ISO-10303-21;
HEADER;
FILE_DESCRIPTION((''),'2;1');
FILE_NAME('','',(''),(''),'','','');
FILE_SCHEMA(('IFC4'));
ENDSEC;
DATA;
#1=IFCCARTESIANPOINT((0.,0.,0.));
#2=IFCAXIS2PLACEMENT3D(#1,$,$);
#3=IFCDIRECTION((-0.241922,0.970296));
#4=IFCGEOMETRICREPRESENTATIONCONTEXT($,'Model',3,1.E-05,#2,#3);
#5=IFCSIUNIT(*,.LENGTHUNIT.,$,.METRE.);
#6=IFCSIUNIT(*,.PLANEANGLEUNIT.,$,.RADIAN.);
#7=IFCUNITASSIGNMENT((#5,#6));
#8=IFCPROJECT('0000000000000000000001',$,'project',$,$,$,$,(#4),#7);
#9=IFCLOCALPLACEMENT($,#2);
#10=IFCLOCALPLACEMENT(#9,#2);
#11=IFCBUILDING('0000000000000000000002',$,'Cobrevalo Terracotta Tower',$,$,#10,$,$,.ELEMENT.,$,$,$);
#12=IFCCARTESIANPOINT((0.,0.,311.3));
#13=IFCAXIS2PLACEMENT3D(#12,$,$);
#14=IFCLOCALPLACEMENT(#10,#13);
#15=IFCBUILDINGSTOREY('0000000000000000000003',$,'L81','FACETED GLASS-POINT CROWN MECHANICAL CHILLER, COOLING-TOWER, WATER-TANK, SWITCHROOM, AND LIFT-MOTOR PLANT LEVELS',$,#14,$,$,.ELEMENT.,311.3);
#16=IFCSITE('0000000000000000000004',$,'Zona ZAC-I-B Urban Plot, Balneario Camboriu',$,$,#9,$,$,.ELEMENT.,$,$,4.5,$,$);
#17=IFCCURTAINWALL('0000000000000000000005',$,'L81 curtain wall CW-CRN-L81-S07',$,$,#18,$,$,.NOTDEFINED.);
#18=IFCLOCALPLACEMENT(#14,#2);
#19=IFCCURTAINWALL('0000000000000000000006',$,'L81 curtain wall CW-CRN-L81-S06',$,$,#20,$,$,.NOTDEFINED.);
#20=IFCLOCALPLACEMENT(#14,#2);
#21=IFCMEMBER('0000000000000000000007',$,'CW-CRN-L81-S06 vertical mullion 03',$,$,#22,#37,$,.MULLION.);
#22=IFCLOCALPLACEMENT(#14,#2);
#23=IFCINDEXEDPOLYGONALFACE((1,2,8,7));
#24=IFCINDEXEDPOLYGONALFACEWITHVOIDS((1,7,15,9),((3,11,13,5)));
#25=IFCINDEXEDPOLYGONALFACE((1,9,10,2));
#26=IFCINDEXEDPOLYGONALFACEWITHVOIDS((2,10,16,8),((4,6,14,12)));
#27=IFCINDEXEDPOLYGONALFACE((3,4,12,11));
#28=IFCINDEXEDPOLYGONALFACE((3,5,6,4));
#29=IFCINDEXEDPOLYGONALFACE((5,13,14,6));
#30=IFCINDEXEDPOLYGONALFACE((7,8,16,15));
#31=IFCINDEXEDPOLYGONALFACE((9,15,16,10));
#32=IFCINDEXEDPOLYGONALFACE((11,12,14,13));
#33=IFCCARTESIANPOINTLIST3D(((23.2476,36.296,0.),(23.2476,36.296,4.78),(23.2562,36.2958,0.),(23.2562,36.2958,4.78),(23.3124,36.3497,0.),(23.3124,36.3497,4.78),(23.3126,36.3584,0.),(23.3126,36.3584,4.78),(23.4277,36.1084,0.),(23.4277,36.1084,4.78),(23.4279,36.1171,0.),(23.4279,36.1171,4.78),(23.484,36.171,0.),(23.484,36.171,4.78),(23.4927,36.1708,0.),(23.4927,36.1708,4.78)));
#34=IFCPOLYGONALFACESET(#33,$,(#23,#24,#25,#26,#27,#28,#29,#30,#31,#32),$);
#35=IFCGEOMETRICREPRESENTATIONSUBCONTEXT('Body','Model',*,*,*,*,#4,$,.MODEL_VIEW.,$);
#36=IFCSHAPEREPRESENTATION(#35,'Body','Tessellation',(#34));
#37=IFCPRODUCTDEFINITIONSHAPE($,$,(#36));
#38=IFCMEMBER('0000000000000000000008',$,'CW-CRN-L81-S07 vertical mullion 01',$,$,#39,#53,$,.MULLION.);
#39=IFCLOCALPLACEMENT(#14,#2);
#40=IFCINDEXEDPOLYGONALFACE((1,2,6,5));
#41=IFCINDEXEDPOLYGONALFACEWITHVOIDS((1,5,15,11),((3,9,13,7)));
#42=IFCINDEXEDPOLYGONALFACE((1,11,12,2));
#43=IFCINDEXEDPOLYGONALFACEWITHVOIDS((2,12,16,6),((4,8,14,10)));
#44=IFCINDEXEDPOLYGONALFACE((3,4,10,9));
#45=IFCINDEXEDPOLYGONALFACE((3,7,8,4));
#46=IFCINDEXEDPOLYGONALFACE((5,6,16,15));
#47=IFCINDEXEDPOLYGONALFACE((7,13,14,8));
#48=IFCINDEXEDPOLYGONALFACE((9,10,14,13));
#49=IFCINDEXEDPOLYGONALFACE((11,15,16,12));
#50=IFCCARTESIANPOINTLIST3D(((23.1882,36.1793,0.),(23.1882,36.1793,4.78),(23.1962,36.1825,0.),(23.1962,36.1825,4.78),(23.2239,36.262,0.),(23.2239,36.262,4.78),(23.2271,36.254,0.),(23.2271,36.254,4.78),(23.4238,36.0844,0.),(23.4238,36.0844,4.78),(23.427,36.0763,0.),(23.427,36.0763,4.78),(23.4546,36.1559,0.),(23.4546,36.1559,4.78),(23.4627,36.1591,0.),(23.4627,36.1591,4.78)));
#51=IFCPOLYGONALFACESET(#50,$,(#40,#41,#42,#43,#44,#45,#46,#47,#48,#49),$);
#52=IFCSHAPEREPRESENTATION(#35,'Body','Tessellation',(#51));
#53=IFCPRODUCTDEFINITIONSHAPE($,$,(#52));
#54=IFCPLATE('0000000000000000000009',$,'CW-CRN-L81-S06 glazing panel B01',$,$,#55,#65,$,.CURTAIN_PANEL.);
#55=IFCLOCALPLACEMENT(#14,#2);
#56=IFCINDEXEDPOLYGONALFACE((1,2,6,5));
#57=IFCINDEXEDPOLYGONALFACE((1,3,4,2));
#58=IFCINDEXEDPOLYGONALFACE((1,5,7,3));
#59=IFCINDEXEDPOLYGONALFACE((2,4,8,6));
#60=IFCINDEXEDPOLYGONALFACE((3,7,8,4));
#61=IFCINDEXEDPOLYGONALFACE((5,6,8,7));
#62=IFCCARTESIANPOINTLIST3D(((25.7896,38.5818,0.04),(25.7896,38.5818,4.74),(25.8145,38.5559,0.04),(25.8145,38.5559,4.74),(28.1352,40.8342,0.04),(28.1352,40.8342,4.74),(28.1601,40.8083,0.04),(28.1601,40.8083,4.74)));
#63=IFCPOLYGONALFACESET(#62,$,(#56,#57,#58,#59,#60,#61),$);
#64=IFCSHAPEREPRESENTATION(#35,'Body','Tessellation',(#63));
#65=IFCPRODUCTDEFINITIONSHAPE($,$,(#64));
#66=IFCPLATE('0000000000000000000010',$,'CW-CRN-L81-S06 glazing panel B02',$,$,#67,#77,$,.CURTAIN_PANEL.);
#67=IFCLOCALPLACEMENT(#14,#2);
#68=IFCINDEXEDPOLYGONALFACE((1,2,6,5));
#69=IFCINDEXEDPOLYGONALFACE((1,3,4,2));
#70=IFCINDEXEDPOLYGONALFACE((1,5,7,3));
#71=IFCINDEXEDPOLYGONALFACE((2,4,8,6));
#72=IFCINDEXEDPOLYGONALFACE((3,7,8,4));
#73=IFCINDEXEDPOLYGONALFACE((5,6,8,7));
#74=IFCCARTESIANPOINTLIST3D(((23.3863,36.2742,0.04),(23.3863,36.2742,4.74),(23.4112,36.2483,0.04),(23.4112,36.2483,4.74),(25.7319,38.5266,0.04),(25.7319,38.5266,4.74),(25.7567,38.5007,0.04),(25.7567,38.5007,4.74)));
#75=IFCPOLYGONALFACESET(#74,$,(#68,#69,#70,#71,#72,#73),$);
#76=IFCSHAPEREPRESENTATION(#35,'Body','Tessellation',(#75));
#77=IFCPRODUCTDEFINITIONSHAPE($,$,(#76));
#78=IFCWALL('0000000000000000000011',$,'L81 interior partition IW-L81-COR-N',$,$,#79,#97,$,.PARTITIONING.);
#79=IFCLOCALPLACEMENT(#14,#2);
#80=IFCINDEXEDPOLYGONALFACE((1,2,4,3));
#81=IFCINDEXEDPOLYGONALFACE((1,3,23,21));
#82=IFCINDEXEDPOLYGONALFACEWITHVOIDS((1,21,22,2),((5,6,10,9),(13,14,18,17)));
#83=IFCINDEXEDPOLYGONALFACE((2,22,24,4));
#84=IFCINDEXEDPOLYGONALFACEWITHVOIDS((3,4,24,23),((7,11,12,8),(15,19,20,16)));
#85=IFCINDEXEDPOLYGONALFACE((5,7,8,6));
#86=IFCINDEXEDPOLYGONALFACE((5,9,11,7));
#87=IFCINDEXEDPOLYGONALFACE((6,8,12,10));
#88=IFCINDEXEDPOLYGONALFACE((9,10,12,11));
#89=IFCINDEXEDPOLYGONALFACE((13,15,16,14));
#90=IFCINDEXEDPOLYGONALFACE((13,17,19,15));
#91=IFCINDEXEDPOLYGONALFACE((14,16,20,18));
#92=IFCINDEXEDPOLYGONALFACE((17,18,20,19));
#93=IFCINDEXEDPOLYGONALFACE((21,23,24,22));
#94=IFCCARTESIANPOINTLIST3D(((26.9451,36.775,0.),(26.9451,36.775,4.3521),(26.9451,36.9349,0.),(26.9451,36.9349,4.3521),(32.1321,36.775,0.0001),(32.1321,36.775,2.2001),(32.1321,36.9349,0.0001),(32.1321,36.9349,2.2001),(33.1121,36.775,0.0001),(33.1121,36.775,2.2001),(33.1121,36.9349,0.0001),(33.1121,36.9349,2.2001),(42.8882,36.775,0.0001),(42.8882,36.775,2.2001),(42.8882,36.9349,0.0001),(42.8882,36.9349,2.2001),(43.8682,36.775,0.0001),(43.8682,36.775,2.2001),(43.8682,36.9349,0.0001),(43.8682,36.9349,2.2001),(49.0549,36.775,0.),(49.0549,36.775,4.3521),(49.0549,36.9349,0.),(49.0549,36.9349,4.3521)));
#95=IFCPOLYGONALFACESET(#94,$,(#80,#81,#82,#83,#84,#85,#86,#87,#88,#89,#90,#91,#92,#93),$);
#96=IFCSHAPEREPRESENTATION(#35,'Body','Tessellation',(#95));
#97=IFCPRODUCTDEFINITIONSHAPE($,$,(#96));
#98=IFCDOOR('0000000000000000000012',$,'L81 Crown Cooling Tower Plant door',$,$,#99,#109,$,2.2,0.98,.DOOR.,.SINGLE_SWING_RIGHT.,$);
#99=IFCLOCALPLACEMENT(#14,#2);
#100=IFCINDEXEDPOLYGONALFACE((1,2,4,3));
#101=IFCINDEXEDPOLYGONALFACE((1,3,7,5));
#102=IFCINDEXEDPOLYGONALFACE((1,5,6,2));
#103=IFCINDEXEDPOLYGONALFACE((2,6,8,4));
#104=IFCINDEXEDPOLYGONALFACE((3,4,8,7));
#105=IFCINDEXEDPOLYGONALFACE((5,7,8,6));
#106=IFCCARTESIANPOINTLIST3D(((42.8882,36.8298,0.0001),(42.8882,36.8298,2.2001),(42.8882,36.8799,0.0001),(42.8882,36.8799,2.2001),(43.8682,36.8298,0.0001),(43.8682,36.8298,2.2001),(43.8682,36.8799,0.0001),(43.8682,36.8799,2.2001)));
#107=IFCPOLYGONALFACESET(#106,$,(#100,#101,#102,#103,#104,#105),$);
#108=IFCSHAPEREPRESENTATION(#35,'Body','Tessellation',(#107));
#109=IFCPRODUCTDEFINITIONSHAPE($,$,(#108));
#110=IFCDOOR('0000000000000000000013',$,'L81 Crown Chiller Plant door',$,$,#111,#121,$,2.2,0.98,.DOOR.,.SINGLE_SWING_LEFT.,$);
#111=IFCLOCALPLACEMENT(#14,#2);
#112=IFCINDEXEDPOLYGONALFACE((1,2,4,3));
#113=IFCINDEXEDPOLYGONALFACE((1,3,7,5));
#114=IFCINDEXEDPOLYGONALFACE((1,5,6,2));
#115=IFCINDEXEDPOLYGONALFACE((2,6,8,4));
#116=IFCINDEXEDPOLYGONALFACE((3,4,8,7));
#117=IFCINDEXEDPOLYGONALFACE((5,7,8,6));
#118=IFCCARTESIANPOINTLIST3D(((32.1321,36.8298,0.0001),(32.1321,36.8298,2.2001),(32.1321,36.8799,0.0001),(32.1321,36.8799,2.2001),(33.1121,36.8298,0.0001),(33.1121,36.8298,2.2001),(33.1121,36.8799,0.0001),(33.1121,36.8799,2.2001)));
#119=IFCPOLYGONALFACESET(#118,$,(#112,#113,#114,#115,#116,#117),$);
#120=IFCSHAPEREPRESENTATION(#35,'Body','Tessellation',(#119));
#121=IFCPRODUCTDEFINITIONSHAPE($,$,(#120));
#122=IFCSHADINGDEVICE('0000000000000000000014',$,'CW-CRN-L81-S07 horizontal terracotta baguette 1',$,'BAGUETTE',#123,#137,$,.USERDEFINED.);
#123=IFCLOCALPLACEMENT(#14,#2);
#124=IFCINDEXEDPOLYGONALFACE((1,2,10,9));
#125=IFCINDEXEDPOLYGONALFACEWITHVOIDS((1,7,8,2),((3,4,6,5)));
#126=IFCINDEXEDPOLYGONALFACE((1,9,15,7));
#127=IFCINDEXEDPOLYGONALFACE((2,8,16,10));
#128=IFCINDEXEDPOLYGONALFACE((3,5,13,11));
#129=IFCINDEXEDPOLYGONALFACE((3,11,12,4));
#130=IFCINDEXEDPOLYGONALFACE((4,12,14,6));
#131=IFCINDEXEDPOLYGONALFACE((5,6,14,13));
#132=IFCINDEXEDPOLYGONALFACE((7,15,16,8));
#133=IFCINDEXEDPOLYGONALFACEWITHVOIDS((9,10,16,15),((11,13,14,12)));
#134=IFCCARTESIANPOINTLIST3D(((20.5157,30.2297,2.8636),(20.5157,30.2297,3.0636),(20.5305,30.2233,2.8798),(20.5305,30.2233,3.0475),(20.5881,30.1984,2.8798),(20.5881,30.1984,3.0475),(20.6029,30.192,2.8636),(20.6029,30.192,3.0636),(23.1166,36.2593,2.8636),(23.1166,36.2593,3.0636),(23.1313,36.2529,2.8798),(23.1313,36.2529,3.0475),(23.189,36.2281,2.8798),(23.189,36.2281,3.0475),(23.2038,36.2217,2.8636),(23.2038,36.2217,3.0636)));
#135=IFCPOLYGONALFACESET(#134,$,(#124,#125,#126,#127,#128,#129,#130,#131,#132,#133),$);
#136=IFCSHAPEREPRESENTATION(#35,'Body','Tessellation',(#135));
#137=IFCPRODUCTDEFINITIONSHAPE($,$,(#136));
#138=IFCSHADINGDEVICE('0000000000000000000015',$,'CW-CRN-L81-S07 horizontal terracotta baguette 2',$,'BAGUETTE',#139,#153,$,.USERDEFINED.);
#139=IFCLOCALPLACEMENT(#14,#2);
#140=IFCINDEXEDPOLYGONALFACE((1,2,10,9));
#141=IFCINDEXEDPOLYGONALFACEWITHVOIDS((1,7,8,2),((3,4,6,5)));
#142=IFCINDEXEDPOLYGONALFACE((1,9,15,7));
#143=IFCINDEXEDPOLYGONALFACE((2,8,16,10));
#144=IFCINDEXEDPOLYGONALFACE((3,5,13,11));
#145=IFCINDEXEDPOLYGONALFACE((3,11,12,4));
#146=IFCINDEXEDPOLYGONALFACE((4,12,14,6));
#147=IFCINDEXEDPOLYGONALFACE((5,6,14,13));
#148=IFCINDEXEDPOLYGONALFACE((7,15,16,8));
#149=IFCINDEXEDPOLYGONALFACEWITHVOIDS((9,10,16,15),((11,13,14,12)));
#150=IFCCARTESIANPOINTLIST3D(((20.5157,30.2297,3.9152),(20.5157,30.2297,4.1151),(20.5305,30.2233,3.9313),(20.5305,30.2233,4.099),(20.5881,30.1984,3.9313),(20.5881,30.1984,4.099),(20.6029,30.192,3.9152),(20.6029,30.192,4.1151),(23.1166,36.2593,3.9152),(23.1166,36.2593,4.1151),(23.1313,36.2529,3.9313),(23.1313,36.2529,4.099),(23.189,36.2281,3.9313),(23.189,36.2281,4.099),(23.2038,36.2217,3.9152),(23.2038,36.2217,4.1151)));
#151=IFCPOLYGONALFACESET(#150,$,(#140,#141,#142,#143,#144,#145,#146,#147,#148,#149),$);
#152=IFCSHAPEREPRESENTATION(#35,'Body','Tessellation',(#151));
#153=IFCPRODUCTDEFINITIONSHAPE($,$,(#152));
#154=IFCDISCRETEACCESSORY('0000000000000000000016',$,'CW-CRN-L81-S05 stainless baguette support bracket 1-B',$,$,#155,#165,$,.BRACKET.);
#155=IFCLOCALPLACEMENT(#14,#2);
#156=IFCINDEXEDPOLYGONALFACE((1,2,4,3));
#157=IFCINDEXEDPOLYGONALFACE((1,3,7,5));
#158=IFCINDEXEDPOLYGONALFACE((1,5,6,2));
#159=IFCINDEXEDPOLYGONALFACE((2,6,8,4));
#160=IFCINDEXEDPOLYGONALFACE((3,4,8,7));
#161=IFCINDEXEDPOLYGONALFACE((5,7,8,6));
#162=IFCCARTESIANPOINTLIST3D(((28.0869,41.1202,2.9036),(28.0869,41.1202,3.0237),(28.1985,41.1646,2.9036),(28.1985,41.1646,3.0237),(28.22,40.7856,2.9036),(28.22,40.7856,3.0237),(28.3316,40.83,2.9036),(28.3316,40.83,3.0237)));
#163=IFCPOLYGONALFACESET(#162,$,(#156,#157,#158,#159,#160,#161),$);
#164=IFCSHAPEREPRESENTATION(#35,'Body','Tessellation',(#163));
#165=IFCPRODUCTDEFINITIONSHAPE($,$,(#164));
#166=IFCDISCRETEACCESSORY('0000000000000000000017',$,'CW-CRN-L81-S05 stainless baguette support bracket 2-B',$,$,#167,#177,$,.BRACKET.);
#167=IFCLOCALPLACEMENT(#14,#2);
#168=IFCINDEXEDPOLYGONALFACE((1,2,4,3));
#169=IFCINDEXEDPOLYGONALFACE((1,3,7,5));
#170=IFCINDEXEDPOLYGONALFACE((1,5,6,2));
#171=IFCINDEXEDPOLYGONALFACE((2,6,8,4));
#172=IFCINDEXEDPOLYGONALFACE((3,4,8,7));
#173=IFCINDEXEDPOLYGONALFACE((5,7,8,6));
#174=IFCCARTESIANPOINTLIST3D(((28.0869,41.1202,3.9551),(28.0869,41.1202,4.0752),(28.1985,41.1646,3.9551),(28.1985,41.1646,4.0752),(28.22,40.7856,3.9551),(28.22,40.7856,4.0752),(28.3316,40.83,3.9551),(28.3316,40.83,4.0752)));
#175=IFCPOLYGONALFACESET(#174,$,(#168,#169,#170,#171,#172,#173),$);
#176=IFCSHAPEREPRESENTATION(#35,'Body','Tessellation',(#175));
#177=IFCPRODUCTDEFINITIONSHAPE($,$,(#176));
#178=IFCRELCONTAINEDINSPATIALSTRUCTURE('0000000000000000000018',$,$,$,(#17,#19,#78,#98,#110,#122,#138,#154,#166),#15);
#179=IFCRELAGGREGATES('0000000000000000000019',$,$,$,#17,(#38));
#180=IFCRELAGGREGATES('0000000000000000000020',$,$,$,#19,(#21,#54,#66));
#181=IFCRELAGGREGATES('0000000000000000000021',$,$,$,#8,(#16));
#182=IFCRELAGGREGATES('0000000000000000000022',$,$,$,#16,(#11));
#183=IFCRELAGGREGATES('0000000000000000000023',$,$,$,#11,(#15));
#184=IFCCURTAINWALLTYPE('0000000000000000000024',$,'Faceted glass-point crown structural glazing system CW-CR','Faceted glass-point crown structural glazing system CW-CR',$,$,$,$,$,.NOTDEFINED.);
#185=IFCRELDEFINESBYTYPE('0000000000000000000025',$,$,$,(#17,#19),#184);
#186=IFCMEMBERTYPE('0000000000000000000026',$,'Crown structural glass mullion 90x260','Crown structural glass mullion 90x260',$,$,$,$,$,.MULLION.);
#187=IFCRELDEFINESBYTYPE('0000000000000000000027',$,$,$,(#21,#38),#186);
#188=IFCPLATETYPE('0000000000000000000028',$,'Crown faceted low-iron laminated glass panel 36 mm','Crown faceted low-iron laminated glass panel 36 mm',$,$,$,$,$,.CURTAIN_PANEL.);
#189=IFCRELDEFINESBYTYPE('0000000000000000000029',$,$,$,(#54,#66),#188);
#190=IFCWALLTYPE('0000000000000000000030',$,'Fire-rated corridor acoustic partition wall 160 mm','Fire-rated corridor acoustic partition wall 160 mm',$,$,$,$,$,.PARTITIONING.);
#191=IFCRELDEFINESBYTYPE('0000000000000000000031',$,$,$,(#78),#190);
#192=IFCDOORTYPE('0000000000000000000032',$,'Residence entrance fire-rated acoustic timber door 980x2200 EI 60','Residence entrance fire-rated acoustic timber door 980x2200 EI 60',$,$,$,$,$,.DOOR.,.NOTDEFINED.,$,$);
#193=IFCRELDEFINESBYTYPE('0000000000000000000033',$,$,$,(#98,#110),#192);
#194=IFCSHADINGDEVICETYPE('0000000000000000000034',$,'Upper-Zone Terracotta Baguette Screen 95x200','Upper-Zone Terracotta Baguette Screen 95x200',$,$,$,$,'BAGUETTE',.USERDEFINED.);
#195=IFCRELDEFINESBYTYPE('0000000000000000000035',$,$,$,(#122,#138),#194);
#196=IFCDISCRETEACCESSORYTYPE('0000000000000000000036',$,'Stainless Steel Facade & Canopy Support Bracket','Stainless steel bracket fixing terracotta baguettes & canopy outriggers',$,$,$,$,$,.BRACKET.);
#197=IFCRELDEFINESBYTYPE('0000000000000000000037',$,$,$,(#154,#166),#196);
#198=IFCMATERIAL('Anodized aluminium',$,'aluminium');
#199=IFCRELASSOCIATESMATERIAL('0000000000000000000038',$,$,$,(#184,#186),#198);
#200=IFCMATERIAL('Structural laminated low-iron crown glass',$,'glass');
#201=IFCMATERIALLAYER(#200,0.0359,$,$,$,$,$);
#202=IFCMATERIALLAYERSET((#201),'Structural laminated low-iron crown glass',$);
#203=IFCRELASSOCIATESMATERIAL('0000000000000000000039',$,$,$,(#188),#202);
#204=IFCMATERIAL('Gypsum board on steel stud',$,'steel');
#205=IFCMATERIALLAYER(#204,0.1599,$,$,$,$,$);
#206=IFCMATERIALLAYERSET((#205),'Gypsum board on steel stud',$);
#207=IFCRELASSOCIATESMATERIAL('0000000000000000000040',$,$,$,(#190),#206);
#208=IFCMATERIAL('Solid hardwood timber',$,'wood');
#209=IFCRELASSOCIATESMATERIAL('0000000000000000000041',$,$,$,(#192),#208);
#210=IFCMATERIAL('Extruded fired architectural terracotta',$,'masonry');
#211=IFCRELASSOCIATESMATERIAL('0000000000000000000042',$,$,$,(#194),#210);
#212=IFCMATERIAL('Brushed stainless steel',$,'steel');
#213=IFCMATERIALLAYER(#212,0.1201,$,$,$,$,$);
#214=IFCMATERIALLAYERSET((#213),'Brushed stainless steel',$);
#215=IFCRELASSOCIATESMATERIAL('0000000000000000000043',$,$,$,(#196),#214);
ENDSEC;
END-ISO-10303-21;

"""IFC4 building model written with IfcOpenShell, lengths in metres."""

from ifc_helpers import new_model, si_unit, direction, frame, frame_2d, origin, origin_2d, place, context, subcontext, project, spatial, rectangle, hollow_rectangle, extrude, source, transform, mapped, material, layer, layer_set, material_profile, profile_set, type_object, element, fill, aggregate, save


model = new_model("IFC4")

# Units and contexts
model_context = context("Model", 3, precision=1e-05, world=origin(), true_north=direction((-0.241922, 0.970296)))
body_context = subcontext(model_context, "Body", "Model", "MODEL_VIEW")
ifc_project = project(units=[si_unit("LENGTHUNIT", "METRE"), si_unit("PLANEANGLEUNIT", "RADIAN")], contexts=[model_context])

# Site, building, storey
site_placement = place(None, origin())
site = spatial("IfcSite", under=ifc_project, at=site_placement, Name="Zona ZAC-I-B Urban Plot, Balneario Camboriu", CompositionType="ELEMENT", RefElevation=4.5)
building_placement = place(site_placement, origin())
building = spatial("IfcBuilding", under=site, at=building_placement, Name="Cobrevalo Terracotta Tower", CompositionType="ELEMENT")
storey_placement = place(building_placement, frame((0.0, 0.0, 311.3)))
storey = spatial("IfcBuildingStorey", under=building, at=storey_placement, Name="L81", Description="FACETED GLASS-POINT CROWN MECHANICAL CHILLER, COOLING-TOWER, WATER-TANK, SWITCHROOM, AND LIFT-MOTOR PLANT LEVELS", CompositionType="ELEMENT", Elevation=311.3)

# Curtain walls
ifc_material_1 = material(Name="Anodized aluminium", Category="aluminium")
curtain_wall_type = type_object("IfcCurtainWallType", Name="Faceted glass-point crown structural glazing system CW-CR", Description="Faceted glass-point crown structural glazing system CW-CR", PredefinedType="NOTDEFINED", material=ifc_material_1)
curtain_wall_1_placement = place(storey_placement, origin())
curtain_wall_1 = element("IfcCurtainWall", 1, at=curtain_wall_1_placement, inside=storey, type_object=curtain_wall_type, Name="L81 curtain wall CW-CRN-L81-S07", PredefinedType="NOTDEFINED")
curtain_wall_2_placement = place(storey_placement, origin())
curtain_wall_2 = element("IfcCurtainWall", 2, at=curtain_wall_2_placement, inside=storey, type_object=curtain_wall_type, Name="L81 curtain wall CW-CRN-L81-S06", PredefinedType="NOTDEFINED")

# Shared definitions
ifc_material_profile_1 = material_profile(ifc_material_1, hollow_rectangle(XDim=0.0901, YDim=0.26, WallThickness=0.0061, at=origin_2d()), Name="CWM 90x260")
ifc_profile_set_1 = profile_set([ifc_material_profile_1], Name="Anodized aluminium")
member_type_1 = type_object("IfcMemberType", Name="Crown structural glass mullion 90x260", Description="Crown structural glass mullion 90x260", PredefinedType="MULLION", material=ifc_profile_set_1)
shared_shape_1 = source(origin(), body_context, "Body", "SweptSolid", [
    extrude(hollow_rectangle(XDim=0.0901, YDim=0.26, WallThickness=0.0061, at=origin_2d()), origin(), (0.0, 0.0, 1.0), 4.78),
])

# Members
member_1_placement = place(storey_placement, frame((23.3701, 36.2334, 0.0), z_axis=(0.0, 0.0, 1.0), x_axis=(-0.721277, -0.692647, 0.0)))
member_1 = element("IfcMember", 3, at=member_1_placement, type_object=member_type_1, Name="CW-CRN-L81-S06 vertical mullion 03", PredefinedType="MULLION", context=body_context, shape_type="MappedRepresentation", body=[
    mapped(shared_shape_1, transform((0.0, 0.0, 0.0), scale=1.0)),
])
member_2_placement = place(storey_placement, frame((23.3254, 36.1692, 0.0), z_axis=(0.0, 0.0, 1.0), x_axis=(-0.396058, -0.918225, 0.0)))
member_2 = element("IfcMember", 4, at=member_2_placement, type_object=member_type_1, Name="CW-CRN-L81-S07 vertical mullion 01", PredefinedType="MULLION", context=body_context, shape_type="MappedRepresentation", body=[
    mapped(shared_shape_1, transform((0.0, 0.0, 0.0), scale=1.0)),
])
aggregate(curtain_wall_1, [member_2])

# Plates
ifc_material_2 = material(Name="Structural laminated low-iron crown glass", Category="glass")
ifc_layer_1 = layer(ifc_material_2, 0.0359)
ifc_layer_set_1 = layer_set([ifc_layer_1], Name="Structural laminated low-iron crown glass")
plate_type = type_object("IfcPlateType", Name="Crown faceted low-iron laminated glass panel 36 mm", Description="Crown faceted low-iron laminated glass panel 36 mm", PredefinedType="CURTAIN_PANEL", material=ifc_layer_set_1)
shared_shape_2 = source(origin(), body_context, "Body", "SweptSolid", [
    extrude(rectangle(XDim=3.252, YDim=0.0359, at=origin_2d()), origin(), (0.0, 0.0, 1.0), 4.7),
])
plate_1_placement = place(storey_placement, frame((26.9749, 39.6951, 0.04), z_axis=(0.0, 0.0, 1.0), x_axis=(-0.72128, -0.692643, 0.0)))
plate_1 = element("IfcPlate", 5, at=plate_1_placement, type_object=plate_type, Name="CW-CRN-L81-S06 glazing panel B01", PredefinedType="CURTAIN_PANEL", context=body_context, shape_type="MappedRepresentation", body=[
    mapped(shared_shape_2, transform((0.0, 0.0, 0.0), scale=1.0)),
])
plate_2_placement = place(storey_placement, frame((24.5715, 37.3875, 0.04), z_axis=(0.0, 0.0, 1.0), x_axis=(-0.72128, -0.692643, 0.0)))
plate_2 = element("IfcPlate", 6, at=plate_2_placement, type_object=plate_type, Name="CW-CRN-L81-S06 glazing panel B02", PredefinedType="CURTAIN_PANEL", context=body_context, shape_type="MappedRepresentation", body=[
    mapped(shared_shape_2, transform((0.0, 0.0, 0.0), scale=1.0)),
])
aggregate(curtain_wall_2, [member_1, plate_1, plate_2])

# Wall, openings, doors
ifc_material_3 = material(Name="Gypsum board on steel stud", Category="steel")
ifc_layer_2 = layer(ifc_material_3, 0.1599)
ifc_layer_set_2 = layer_set([ifc_layer_2], Name="Gypsum board on steel stud")
wall_type = type_object("IfcWallType", Name="Fire-rated corridor acoustic partition wall 160 mm", Description="Fire-rated corridor acoustic partition wall 160 mm", PredefinedType="PARTITIONING", material=ifc_layer_set_2)
wall_placement = place(storey_placement, frame((26.9451, 36.855, 0.0), z_axis=(0.0, 0.0, 1.0), x_axis=(1.0, 0.0, 0.0)))
wall = element("IfcWall", 7, at=wall_placement, inside=storey, type_object=wall_type, Name="L81 interior partition IW-L81-COR-N", PredefinedType="PARTITIONING", context=body_context, shape_type="SweptSolid", body=[
    extrude(rectangle(XDim=22.1099, YDim=0.1599, at=frame_2d((11.0549, 0.0))), origin(), (0.0, 0.0, 1.0), 4.3521),
])
opening_1_placement = place(wall_placement, frame((15.9431, 0.0, 0.0)))
opening_1 = element("IfcOpeningElement", 8, at=opening_1_placement, cuts=wall, PredefinedType="OPENING", context=body_context, shape_type="SweptSolid", body=[
    extrude(rectangle(XDim=0.98, YDim=2.2, at=frame_2d((0.49, 1.1001))), frame((0.0, 0.0898, 0.0), z_axis=(0.0, -1.0, 0.0), x_axis=(1.0, 0.0, 0.0)), (0.0, 0.0, 1.0), 0.1799),
])
opening_2_placement = place(wall_placement, frame((5.187, 0.0, 0.0)))
opening_2 = element("IfcOpeningElement", 9, at=opening_2_placement, cuts=wall, PredefinedType="OPENING", context=body_context, shape_type="SweptSolid", body=[
    extrude(rectangle(XDim=0.98, YDim=2.2, at=frame_2d((0.49, 1.1001))), frame((0.0, 0.0898, 0.0), z_axis=(0.0, -1.0, 0.0), x_axis=(1.0, 0.0, 0.0)), (0.0, 0.0, 1.0), 0.1799),
])
ifc_material_4 = material(Name="Solid hardwood timber", Category="wood")
door_type = type_object("IfcDoorType", Name="Residence entrance fire-rated acoustic timber door 980x2200 EI 60", Description="Residence entrance fire-rated acoustic timber door 980x2200 EI 60", OperationType="NOTDEFINED", PredefinedType="DOOR", material=ifc_material_4)
shared_shape_3 = source(origin(), body_context, "Body", "SweptSolid", [
    extrude(rectangle(XDim=0.98, YDim=2.2, at=frame_2d((0.49, 1.1001))), frame((0.0, 0.0249, 0.0), z_axis=(0.0, -1.0, 0.0), x_axis=(1.0, 0.0, 0.0)), (0.0, 0.0, 1.0), 0.05),
])
door_1_placement = place(opening_1_placement, origin())
door_1 = element("IfcDoor", 10, at=door_1_placement, inside=storey, type_object=door_type, Name="L81 Crown Cooling Tower Plant door", OperationType="SINGLE_SWING_RIGHT", OverallHeight=2.2, OverallWidth=0.98, PredefinedType="DOOR", context=body_context, shape_type="MappedRepresentation", body=[
    mapped(shared_shape_3, transform((0.0, 0.0, 0.0), scale=1.0)),
])
fill(opening_1, door_1)
door_2_placement = place(opening_2_placement, origin())
door_2 = element("IfcDoor", 11, at=door_2_placement, inside=storey, type_object=door_type, Name="L81 Crown Chiller Plant door", OperationType="SINGLE_SWING_LEFT", OverallHeight=2.2, OverallWidth=0.98, PredefinedType="DOOR", context=body_context, shape_type="MappedRepresentation", body=[
    mapped(shared_shape_3, transform((0.0, 0.0, 0.0), scale=1.0)),
])
fill(opening_2, door_2)

# Shading devices
ifc_material_5 = material(Name="Extruded fired architectural terracotta", Category="masonry")
ifc_material_profile_2 = material_profile(ifc_material_5, hollow_rectangle(XDim=0.095, YDim=0.2, WallThickness=0.0161, at=origin_2d()), Name="BAGUETTE 95x200")
ifc_profile_set_2 = profile_set([ifc_material_profile_2], Name="Extruded fired architectural terracotta")
shading_device_type = type_object("IfcShadingDeviceType", Name="Upper-Zone Terracotta Baguette Screen 95x200", Description="Upper-Zone Terracotta Baguette Screen 95x200", ElementType="BAGUETTE", PredefinedType="USERDEFINED", material=ifc_profile_set_2)
shared_shape_4 = source(origin(), body_context, "Body", "SweptSolid", [
    extrude(hollow_rectangle(XDim=0.095, YDim=0.2, WallThickness=0.0161, at=origin_2d()), origin(), (0.0, 0.0, 1.0), 6.5667),
])
for number, where, z_axis, x_axis, name in (
    (12, (23.1602, 36.2405, 2.9636), (-0.396072, -0.918219, 0.0), (0.918219, -0.396072, 0.0), "CW-CRN-L81-S07 horizontal terracotta baguette 1"),
    (13, (23.1602, 36.2405, 4.0151), (-0.396072, -0.918219, 0.0), (0.918219, -0.396072, 0.0), "CW-CRN-L81-S07 horizontal terracotta baguette 2"),
):
    element("IfcShadingDevice", number, at=place(storey_placement, frame(where, z_axis=z_axis, x_axis=x_axis)), inside=storey, type_object=shading_device_type, Name=name, ObjectType="BAGUETTE", PredefinedType="USERDEFINED", context=body_context, shape_type="MappedRepresentation", body=[
        mapped(shared_shape_4, transform((0.0, 0.0, 0.0), scale=1.0)),
    ])

# Discrete accessories
ifc_material_6 = material(Name="Brushed stainless steel", Category="steel")
ifc_layer_3 = layer(ifc_material_6, 0.1201)
ifc_layer_set_3 = layer_set([ifc_layer_3], Name="Brushed stainless steel")
discrete_accessory_type = type_object("IfcDiscreteAccessoryType", Name="Stainless Steel Facade & Canopy Support Bracket", Description="Stainless steel bracket fixing terracotta baguettes & canopy outriggers", PredefinedType="BRACKET", material=ifc_layer_set_3)
shared_shape_5 = source(origin(), body_context, "Body", "SweptSolid", [
    extrude(rectangle(XDim=0.1201, YDim=0.3601, at=origin_2d()), origin(), (0.0, 0.0, 1.0), 0.1201),
])
for number, where, z_axis, x_axis, name in (
    (14, (28.2092, 40.9751, 2.9036), (0.0, 0.0, 1.0), (-0.929191, -0.369601, 0.0), "CW-CRN-L81-S05 stainless baguette support bracket 1-B"),
    (15, (28.2092, 40.9751, 3.9551), (0.0, 0.0, 1.0), (-0.929191, -0.369601, 0.0), "CW-CRN-L81-S05 stainless baguette support bracket 2-B"),
):
    element("IfcDiscreteAccessory", number, at=place(storey_placement, frame(where, z_axis=z_axis, x_axis=x_axis)), inside=storey, type_object=discrete_accessory_type, Name=name, PredefinedType="BRACKET", context=body_context, shape_type="MappedRepresentation", body=[
        mapped(shared_shape_5, transform((0.0, 0.0, 0.0), scale=1.0)),
    ])

save(model, "model.ifc")
